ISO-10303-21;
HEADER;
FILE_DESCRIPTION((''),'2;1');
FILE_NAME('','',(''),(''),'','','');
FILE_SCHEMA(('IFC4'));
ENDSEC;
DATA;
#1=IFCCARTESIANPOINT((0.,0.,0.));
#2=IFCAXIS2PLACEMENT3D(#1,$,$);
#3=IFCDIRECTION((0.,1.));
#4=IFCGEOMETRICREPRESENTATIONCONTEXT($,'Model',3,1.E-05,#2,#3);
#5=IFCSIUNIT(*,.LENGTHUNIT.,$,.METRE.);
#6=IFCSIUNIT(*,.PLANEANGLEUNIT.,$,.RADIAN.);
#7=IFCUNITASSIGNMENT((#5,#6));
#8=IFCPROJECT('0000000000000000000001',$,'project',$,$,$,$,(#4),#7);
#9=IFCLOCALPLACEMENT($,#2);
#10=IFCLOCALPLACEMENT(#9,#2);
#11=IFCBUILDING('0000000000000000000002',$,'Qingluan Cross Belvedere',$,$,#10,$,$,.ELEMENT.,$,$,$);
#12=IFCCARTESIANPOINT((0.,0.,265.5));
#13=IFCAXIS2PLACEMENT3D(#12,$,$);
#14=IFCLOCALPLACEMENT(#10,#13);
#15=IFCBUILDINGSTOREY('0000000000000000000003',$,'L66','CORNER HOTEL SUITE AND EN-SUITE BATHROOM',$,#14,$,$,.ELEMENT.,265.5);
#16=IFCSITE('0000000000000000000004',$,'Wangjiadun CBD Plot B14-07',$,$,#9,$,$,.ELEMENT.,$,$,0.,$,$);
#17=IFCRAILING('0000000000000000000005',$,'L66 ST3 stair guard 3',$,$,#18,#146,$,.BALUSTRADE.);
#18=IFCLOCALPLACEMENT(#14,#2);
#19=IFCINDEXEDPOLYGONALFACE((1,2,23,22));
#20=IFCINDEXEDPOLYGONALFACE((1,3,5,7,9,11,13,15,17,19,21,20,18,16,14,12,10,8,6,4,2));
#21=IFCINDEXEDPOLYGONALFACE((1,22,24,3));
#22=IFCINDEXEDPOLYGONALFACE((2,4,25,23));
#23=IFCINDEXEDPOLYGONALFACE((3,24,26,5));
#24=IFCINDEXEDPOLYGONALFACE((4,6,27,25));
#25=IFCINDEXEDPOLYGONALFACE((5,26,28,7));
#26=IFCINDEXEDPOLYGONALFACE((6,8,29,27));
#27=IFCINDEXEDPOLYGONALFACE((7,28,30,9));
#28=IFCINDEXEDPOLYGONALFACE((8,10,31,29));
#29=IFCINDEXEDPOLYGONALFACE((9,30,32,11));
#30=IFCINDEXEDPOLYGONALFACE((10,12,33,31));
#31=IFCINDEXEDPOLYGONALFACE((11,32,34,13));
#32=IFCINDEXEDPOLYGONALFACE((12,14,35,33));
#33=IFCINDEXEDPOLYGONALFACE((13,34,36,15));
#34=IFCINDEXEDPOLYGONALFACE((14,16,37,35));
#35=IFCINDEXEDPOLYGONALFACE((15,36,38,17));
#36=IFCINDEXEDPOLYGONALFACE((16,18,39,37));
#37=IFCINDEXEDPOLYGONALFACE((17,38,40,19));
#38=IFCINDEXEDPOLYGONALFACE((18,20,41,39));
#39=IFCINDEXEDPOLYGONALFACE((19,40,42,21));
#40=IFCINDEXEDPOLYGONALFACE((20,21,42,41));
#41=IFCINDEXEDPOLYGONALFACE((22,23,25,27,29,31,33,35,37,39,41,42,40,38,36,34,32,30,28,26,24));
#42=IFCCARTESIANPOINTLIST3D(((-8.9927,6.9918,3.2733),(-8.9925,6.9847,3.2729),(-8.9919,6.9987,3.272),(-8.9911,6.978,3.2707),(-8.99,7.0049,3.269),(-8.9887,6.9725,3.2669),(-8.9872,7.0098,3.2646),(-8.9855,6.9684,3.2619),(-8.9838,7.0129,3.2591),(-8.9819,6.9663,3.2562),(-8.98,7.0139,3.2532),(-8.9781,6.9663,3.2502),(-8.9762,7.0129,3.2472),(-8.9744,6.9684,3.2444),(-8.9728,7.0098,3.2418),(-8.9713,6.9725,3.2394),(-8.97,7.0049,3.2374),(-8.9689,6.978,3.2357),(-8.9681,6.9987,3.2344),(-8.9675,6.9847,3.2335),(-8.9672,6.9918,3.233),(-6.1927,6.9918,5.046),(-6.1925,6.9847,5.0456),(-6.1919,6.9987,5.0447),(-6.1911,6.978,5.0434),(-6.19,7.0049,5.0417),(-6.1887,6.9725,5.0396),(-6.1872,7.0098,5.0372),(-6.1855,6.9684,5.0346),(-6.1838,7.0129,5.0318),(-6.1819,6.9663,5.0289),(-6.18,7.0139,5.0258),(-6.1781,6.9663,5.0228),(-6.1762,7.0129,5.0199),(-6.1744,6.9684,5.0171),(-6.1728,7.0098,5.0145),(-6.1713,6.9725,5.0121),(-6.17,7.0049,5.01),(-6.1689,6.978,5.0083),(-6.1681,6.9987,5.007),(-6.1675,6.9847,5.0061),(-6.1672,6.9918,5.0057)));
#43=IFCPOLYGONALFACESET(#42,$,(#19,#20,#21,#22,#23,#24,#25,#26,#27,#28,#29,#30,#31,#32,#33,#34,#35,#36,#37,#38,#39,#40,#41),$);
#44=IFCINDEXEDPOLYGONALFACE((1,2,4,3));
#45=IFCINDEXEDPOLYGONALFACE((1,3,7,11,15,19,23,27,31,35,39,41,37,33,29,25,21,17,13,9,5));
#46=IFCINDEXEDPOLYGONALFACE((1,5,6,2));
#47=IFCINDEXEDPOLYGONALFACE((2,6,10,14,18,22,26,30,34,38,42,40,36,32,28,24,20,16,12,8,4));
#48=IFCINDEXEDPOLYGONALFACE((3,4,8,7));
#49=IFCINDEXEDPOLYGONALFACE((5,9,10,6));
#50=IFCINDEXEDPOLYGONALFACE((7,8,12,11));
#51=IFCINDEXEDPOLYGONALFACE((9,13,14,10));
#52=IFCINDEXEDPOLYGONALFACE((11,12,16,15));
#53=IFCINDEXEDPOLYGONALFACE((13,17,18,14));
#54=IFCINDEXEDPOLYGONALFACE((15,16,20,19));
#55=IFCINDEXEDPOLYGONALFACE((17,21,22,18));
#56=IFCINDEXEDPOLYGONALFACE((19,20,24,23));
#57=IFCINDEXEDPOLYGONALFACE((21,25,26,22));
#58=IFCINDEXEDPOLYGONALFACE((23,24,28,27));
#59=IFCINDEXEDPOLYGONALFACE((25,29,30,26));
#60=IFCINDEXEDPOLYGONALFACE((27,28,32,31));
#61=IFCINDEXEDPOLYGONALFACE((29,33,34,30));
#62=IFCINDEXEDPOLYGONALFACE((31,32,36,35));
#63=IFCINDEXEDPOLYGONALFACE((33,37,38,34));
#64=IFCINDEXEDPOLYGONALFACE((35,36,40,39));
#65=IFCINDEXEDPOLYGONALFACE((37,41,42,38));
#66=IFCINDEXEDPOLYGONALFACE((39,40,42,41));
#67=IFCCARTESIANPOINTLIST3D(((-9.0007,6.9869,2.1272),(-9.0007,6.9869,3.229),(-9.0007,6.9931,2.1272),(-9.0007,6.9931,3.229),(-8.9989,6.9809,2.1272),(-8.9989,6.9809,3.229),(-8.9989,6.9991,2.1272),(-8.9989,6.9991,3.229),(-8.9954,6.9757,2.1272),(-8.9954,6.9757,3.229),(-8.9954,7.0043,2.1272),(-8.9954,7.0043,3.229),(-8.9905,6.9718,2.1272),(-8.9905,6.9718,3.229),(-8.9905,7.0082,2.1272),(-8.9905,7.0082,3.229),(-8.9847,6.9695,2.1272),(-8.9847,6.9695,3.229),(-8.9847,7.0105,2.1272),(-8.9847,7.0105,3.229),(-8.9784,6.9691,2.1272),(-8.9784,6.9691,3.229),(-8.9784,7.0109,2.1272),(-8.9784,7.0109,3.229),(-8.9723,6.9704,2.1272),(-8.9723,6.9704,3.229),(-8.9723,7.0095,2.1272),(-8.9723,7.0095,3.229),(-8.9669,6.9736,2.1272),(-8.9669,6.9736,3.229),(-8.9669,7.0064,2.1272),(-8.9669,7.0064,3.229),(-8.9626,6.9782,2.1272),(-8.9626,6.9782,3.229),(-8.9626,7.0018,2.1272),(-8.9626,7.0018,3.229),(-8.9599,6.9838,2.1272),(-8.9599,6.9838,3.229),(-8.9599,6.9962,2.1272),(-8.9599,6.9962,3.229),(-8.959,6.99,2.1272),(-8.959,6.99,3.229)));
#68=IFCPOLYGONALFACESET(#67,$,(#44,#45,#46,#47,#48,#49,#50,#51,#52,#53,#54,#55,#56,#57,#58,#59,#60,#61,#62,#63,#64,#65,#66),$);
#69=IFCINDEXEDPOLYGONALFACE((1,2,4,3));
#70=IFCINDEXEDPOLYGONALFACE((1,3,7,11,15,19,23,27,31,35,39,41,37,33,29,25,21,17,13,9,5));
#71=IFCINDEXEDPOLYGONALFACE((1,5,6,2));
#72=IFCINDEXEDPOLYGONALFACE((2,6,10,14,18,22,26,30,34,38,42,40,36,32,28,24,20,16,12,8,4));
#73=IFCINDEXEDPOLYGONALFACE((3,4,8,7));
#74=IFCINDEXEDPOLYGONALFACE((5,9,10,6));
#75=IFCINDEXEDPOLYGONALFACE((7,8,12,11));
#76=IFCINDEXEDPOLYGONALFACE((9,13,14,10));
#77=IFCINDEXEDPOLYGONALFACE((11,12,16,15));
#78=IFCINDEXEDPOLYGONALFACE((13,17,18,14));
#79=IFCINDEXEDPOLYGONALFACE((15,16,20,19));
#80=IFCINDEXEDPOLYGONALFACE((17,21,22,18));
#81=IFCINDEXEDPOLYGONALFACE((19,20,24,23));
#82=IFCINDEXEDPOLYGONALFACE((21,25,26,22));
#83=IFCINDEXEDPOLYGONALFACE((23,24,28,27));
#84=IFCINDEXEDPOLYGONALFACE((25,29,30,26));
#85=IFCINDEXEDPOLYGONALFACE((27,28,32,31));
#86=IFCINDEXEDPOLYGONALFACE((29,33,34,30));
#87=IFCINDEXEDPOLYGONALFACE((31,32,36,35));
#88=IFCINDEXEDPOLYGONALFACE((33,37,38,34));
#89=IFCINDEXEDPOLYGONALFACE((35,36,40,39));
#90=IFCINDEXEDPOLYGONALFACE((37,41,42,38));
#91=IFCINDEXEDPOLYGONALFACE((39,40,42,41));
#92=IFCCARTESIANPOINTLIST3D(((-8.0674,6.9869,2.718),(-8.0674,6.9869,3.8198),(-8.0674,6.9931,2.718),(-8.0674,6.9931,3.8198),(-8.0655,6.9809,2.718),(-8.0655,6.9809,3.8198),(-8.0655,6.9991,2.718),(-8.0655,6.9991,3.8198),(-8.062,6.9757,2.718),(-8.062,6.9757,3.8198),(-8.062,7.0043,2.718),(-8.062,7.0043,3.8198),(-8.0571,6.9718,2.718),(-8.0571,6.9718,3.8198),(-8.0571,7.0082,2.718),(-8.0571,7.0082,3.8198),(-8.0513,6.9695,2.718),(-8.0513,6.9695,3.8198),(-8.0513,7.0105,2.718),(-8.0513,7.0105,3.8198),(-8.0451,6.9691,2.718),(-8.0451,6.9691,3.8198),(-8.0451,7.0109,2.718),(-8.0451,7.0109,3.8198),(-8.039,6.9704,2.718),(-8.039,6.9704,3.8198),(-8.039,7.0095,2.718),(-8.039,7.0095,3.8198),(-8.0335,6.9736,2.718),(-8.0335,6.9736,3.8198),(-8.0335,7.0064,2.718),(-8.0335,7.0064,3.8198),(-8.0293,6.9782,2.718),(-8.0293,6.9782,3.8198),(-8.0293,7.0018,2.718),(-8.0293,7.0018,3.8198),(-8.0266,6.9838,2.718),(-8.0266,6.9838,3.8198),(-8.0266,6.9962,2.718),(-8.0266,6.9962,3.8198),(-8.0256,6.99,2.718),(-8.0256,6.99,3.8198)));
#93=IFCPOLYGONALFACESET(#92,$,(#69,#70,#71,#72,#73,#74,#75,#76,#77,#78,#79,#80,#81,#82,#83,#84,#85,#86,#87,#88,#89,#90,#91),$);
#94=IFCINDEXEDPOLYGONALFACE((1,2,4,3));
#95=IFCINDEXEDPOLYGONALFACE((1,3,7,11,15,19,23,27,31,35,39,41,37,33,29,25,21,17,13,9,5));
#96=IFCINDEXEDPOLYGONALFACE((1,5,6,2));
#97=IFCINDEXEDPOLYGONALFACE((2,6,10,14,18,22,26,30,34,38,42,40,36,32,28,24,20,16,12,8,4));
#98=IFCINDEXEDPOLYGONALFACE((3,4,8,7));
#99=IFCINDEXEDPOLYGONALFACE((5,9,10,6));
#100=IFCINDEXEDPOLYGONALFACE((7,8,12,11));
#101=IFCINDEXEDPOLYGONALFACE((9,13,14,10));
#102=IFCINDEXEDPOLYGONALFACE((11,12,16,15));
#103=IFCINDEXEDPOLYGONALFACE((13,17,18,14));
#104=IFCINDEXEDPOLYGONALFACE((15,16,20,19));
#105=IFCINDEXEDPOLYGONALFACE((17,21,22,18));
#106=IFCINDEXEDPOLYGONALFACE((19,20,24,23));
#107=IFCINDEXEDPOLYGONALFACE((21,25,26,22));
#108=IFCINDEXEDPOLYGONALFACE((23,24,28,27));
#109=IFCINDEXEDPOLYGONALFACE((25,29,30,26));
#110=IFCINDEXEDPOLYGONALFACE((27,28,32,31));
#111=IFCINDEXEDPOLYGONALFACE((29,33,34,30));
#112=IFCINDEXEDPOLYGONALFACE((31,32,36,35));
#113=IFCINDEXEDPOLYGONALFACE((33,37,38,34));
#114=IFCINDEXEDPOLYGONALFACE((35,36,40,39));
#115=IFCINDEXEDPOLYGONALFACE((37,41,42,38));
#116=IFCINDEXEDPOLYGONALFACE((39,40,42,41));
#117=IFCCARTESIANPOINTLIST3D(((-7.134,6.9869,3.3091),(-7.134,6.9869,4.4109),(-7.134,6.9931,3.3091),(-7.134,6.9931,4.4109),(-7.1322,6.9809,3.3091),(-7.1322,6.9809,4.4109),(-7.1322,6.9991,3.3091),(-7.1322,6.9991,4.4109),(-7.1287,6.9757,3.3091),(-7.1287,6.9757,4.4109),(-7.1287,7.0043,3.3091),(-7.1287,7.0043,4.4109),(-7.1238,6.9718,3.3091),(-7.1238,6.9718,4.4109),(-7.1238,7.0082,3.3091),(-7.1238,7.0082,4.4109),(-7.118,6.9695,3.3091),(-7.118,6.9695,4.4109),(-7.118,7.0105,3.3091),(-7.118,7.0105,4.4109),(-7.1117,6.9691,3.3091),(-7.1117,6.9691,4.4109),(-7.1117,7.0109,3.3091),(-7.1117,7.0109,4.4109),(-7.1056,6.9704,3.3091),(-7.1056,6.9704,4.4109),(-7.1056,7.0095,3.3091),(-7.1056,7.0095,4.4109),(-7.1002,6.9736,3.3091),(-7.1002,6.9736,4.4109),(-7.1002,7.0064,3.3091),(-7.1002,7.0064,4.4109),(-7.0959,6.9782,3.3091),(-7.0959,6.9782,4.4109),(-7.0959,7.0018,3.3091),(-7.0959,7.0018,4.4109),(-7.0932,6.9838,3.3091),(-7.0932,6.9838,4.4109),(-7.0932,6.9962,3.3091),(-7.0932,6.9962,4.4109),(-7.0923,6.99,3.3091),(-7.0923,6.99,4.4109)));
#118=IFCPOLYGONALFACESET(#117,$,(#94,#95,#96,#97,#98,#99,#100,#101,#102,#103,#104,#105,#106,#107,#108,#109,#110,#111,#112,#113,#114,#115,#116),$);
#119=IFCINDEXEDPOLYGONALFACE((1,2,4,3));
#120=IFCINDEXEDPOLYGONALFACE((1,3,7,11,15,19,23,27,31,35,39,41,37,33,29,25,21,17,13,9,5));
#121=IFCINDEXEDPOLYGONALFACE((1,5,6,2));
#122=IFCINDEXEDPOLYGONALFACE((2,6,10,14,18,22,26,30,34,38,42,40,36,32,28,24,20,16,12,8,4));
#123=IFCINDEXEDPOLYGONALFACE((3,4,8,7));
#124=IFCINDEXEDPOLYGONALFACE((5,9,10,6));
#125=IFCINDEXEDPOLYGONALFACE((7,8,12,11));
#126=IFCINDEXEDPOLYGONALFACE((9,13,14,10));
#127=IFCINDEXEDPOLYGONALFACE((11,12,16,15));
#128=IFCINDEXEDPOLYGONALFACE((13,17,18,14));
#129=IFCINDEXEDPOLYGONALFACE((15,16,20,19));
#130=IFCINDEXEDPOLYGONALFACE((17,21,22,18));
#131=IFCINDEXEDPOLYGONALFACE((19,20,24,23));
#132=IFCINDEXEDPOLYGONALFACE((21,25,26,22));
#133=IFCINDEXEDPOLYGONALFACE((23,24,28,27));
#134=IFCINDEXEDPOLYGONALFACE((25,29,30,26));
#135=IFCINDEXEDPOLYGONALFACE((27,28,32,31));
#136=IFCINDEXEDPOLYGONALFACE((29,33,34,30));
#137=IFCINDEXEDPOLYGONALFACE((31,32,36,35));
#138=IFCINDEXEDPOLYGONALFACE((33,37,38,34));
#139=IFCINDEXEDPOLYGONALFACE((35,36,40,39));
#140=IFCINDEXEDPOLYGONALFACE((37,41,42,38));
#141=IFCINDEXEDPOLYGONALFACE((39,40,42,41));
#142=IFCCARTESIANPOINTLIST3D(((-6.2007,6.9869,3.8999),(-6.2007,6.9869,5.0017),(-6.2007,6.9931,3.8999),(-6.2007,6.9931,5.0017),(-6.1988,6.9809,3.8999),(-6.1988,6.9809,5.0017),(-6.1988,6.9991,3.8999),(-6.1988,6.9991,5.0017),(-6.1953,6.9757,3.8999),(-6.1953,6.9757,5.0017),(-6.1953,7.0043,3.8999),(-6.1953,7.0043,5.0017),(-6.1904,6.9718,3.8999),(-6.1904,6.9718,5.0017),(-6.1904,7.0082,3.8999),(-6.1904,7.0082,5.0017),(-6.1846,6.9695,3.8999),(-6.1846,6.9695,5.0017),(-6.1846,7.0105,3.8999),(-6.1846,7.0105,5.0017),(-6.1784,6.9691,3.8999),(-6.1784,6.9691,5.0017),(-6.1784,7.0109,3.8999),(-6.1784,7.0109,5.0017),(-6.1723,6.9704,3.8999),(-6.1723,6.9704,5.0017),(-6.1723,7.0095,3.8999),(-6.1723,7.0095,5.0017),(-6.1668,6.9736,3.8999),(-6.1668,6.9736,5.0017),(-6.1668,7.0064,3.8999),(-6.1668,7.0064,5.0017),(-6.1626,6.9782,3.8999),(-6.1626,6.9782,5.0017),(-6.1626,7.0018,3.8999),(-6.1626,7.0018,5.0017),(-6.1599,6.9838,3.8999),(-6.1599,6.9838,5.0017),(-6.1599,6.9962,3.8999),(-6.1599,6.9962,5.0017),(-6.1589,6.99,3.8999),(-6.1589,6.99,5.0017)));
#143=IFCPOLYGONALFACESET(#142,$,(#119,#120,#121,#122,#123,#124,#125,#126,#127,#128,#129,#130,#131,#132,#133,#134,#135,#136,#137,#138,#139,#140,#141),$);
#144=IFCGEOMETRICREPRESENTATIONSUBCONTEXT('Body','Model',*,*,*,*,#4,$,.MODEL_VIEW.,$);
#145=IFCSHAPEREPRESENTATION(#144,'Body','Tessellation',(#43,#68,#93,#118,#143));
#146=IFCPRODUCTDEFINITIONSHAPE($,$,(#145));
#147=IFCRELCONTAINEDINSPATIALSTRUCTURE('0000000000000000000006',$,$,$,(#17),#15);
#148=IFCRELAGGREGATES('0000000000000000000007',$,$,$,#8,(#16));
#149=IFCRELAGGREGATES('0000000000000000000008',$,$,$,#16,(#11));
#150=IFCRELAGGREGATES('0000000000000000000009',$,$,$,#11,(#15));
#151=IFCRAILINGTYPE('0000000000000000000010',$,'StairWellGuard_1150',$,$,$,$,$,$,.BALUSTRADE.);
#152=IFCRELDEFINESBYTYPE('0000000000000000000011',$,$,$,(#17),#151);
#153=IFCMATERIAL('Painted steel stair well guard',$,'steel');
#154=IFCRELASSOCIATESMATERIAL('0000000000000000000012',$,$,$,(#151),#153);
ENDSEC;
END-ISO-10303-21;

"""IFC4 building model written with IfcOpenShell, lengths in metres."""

from ifc_helpers import new_model, si_unit, direction, frame, origin, origin_2d, place, context, subcontext, project, spatial, circle, extrude, material, type_object, element, save


model = new_model("IFC4")

# Units and contexts
model_context = context("Model", 3, precision=1e-05, world=origin(), true_north=direction((0.0, 1.0)))
body_context = subcontext(model_context, "Body", "Model", "MODEL_VIEW")
ifc_project = project(units=[si_unit("LENGTHUNIT", "METRE"), si_unit("PLANEANGLEUNIT", "RADIAN")], contexts=[model_context])

# Site, building, storey
site_placement = place(None, origin())
site = spatial("IfcSite", under=ifc_project, at=site_placement, Name="Wangjiadun CBD Plot B14-07", CompositionType="ELEMENT", RefElevation=0.0)
building_placement = place(site_placement, origin())
building = spatial("IfcBuilding", under=site, at=building_placement, Name="Qingluan Cross Belvedere", CompositionType="ELEMENT")
storey_placement = place(building_placement, frame((0.0, 0.0, 265.5)))
storey = spatial("IfcBuildingStorey", under=building, at=storey_placement, Name="L66", Description="CORNER HOTEL SUITE AND EN-SUITE BATHROOM", CompositionType="ELEMENT", Elevation=265.5)

# Railing
ifc_material_1 = material(Name="Painted steel stair well guard", Category="steel")
railing_type_1 = type_object("IfcRailingType", Name="StairWellGuard_1150", PredefinedType="BALUSTRADE", material=ifc_material_1)
railing_1_placement = place(storey_placement, frame((-8.98, 6.99, 2.1272)))
element("IfcRailing", 1, at=railing_1_placement, inside=storey, type_object=railing_type_1, Name="L66 ST3 stair guard 3", PredefinedType="BALUSTRADE", context=body_context, shape_type="SweptSolid", body=[
    extrude(circle(Radius=0.0239, at=origin_2d()), frame((0.0, 0.0, 1.126), z_axis=(0.844909, 0.0, 0.53491), x_axis=(0.0, 1.0, 0.0)), (0.0, 0.0, 1.0), 3.314),
    extrude(circle(Radius=0.021, at=origin_2d()), origin(), (0.0, 0.0, 1.0), 1.1018),
    extrude(circle(Radius=0.021, at=origin_2d()), frame((0.9333, 0.0, 0.5908)), (0.0, 0.0, 1.0), 1.1018),
    extrude(circle(Radius=0.021, at=origin_2d()), frame((1.8667, 0.0, 1.1819)), (0.0, 0.0, 1.0), 1.1018),
    extrude(circle(Radius=0.021, at=origin_2d()), frame((2.8, 0.0, 1.7727)), (0.0, 0.0, 1.0), 1.1018),
])

save(model, "model.ifc")
